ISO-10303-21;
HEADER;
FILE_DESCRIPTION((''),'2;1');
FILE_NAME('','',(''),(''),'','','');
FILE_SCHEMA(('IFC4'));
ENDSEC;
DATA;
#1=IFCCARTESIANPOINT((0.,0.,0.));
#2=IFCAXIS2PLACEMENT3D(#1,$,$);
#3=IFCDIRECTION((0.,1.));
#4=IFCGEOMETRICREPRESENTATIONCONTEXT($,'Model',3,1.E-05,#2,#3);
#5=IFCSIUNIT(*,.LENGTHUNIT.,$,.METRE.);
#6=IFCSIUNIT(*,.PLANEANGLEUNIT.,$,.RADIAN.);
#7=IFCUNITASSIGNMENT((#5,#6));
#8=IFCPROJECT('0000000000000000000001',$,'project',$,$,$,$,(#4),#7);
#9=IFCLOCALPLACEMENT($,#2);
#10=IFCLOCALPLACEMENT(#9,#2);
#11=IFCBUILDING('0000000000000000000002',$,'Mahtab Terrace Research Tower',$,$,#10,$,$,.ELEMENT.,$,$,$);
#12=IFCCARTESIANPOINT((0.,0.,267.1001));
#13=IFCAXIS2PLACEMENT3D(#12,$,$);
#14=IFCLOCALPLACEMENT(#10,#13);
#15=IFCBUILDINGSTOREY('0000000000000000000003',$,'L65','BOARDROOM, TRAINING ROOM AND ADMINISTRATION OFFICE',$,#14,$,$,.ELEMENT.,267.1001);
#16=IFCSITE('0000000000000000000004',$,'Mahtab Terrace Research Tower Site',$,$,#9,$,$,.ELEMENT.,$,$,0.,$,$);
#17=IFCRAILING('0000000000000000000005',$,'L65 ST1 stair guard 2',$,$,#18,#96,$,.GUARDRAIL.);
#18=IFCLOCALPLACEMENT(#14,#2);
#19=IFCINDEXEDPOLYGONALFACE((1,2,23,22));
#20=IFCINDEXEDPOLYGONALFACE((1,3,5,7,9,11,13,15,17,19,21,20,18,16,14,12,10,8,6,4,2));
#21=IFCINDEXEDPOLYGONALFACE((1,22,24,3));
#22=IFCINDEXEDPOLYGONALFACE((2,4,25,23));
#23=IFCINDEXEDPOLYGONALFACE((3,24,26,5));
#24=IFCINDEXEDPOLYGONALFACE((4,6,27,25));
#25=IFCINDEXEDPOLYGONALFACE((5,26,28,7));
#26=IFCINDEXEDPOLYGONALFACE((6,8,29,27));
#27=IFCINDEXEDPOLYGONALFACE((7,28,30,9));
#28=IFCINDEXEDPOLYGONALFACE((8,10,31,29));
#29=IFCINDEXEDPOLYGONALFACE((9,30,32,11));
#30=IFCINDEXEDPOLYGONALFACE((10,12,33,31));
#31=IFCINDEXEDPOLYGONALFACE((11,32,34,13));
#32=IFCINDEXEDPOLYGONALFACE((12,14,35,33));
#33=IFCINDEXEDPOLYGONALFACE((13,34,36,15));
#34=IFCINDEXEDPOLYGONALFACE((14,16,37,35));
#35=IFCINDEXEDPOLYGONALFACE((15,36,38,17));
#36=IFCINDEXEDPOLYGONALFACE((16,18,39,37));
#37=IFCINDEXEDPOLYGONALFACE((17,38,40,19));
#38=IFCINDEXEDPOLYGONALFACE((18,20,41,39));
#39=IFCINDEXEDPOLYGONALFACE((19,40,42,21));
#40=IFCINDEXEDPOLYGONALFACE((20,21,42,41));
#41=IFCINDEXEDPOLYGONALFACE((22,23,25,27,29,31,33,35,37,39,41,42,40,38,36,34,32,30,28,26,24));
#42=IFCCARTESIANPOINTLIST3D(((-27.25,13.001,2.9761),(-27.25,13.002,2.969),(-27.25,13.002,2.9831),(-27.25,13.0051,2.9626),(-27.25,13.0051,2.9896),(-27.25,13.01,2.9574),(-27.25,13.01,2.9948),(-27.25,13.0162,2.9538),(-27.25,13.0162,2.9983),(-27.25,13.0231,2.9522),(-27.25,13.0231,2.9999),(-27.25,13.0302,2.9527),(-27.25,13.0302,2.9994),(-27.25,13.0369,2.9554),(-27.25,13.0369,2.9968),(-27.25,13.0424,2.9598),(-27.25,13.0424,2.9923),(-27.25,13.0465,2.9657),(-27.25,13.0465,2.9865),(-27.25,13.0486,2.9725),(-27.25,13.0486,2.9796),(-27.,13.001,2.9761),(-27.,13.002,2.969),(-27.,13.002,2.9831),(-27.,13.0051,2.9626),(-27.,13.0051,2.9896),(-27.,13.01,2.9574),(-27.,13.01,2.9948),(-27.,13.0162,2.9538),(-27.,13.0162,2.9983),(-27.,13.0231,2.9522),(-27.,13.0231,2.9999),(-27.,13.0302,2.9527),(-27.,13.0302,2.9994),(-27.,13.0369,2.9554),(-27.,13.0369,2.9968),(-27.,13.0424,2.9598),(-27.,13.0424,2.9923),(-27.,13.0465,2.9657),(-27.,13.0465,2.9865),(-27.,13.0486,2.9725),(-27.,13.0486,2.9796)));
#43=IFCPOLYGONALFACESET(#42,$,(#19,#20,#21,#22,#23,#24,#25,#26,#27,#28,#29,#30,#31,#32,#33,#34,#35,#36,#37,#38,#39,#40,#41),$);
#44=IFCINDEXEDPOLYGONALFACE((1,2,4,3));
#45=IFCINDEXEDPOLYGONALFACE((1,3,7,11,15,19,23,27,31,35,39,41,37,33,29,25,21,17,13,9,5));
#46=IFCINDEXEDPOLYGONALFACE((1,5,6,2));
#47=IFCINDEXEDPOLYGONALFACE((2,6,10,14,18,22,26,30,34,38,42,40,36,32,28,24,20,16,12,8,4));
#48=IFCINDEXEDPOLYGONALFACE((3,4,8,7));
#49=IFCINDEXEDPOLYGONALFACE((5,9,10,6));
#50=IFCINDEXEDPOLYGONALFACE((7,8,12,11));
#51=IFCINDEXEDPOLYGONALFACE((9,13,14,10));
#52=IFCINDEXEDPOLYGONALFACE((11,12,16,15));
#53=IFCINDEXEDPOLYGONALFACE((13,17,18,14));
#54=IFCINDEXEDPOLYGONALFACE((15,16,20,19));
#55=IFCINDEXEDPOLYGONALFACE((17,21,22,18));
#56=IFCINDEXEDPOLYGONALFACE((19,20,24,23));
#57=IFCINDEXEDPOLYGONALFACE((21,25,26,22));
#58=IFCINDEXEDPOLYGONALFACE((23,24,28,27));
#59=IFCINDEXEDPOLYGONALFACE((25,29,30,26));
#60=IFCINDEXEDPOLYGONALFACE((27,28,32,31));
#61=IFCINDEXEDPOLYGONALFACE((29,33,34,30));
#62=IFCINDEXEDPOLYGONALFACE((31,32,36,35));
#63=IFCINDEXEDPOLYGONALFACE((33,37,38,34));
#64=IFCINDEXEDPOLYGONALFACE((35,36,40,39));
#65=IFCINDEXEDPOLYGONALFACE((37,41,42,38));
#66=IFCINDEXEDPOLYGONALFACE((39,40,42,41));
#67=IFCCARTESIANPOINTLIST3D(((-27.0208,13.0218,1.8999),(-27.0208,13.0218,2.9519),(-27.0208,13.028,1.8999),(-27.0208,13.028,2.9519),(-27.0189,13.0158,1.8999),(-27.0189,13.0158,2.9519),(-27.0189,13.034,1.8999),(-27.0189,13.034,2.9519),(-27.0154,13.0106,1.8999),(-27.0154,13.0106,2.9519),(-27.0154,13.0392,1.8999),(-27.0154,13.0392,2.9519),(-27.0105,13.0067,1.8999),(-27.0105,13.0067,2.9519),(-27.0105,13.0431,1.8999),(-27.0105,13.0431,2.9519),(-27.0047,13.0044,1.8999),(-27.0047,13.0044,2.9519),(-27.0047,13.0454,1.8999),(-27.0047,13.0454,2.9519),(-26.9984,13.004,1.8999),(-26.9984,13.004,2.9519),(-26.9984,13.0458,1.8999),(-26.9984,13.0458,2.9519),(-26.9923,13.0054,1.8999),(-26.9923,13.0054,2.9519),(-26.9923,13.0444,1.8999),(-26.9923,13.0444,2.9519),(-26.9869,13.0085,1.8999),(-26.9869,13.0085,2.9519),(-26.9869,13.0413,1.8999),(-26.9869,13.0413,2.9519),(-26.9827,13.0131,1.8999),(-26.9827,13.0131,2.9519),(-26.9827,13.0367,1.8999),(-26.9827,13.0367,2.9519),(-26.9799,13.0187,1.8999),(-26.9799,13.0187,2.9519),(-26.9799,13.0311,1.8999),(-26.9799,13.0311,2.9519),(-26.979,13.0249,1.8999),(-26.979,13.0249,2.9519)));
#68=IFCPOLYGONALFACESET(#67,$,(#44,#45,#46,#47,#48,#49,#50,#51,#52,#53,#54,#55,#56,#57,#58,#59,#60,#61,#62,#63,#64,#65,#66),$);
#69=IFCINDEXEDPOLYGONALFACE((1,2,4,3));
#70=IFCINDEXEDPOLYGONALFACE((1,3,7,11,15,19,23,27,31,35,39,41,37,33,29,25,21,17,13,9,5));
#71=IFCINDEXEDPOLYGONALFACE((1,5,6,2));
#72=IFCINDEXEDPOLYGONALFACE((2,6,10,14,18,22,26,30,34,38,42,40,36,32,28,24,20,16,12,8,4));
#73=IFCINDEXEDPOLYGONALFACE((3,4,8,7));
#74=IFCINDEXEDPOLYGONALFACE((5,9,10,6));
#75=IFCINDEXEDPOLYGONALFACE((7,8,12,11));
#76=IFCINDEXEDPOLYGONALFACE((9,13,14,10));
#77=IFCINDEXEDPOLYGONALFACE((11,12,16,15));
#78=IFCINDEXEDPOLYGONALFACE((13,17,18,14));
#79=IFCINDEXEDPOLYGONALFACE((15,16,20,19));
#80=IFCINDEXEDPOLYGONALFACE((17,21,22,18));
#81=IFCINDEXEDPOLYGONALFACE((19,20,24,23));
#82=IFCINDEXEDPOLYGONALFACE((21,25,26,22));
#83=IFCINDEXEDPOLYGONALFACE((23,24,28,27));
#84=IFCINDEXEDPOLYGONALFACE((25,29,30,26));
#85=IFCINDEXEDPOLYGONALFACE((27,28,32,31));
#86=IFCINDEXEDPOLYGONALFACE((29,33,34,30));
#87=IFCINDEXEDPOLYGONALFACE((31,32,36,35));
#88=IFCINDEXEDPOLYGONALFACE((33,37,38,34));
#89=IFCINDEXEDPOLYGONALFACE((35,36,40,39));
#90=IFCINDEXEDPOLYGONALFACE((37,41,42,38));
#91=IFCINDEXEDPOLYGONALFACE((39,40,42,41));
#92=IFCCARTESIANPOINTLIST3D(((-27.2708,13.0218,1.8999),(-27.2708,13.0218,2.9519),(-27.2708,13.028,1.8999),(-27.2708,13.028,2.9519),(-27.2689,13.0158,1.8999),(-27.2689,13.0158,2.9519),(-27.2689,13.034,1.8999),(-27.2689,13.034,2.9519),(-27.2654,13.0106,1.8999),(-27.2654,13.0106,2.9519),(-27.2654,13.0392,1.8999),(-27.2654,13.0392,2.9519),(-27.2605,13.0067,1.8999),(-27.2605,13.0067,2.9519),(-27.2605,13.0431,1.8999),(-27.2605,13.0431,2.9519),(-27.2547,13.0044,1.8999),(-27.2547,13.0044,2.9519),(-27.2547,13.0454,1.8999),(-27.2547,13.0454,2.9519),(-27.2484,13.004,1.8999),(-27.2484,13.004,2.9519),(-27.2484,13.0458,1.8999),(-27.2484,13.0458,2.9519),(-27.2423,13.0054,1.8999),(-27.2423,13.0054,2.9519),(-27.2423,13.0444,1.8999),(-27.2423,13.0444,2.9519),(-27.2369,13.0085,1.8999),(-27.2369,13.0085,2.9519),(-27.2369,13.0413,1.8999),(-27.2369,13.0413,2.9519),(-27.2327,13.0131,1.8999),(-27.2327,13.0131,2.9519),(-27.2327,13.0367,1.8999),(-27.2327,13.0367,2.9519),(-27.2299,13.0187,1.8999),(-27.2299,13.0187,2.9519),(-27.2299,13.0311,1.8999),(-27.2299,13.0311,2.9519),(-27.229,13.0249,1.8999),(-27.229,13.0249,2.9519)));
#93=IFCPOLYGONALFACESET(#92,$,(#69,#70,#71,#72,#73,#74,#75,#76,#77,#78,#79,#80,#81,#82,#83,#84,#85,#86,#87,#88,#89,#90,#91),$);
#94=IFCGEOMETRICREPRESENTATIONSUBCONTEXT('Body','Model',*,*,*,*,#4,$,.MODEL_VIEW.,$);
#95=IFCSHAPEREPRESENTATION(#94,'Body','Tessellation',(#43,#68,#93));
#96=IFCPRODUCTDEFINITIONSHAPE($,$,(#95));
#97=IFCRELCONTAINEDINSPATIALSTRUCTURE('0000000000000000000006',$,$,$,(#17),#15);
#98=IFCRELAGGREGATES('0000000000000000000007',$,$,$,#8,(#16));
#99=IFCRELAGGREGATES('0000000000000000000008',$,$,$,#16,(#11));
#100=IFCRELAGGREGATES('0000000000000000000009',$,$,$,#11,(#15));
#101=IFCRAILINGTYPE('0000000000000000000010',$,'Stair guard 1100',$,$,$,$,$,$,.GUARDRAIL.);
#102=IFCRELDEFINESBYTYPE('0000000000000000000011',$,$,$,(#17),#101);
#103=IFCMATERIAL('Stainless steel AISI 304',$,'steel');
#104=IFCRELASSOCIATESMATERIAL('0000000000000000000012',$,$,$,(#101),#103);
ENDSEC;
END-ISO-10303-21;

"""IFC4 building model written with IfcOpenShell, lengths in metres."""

from ifc_helpers import new_model, si_unit, direction, frame, origin, origin_2d, place, context, subcontext, project, spatial, circle, extrude, material, type_object, element, save


model = new_model("IFC4")

# Units and contexts
model_context = context("Model", 3, precision=1e-05, world=origin(), true_north=direction((0.0, 1.0)))
body_context = subcontext(model_context, "Body", "Model", "MODEL_VIEW")
ifc_project = project(units=[si_unit("LENGTHUNIT", "METRE"), si_unit("PLANEANGLEUNIT", "RADIAN")], contexts=[model_context])

# Site, building, storey
site_placement = place(None, origin())
site = spatial("IfcSite", under=ifc_project, at=site_placement, Name="Mahtab Terrace Research Tower Site", CompositionType="ELEMENT", RefElevation=0.0)
building_placement = place(site_placement, origin())
building = spatial("IfcBuilding", under=site, at=building_placement, Name="Mahtab Terrace Research Tower", CompositionType="ELEMENT")
storey_placement = place(building_placement, frame((0.0, 0.0, 267.1001)))
storey = spatial("IfcBuildingStorey", under=building, at=storey_placement, Name="L65", Description="BOARDROOM, TRAINING ROOM AND ADMINISTRATION OFFICE", CompositionType="ELEMENT", Elevation=267.1001)

# Railing
ifc_material_1 = material(Name="Stainless steel AISI 304", Category="steel")
railing_type_1 = type_object("IfcRailingType", Name="Stair guard 1100", PredefinedType="GUARDRAIL", material=ifc_material_1)
railing_1_placement = place(storey_placement, frame((-27.0, 13.0249, 1.8999)))
element("IfcRailing", 1, at=railing_1_placement, inside=storey, type_object=railing_type_1, Name="L65 ST1 stair guard 2", PredefinedType="GUARDRAIL", context=body_context, shape_type="SweptSolid", body=[
    extrude(circle(Radius=0.0239, at=origin_2d()), frame((0.0, 0.0, 1.0762), z_axis=(-1.0, 0.0, 0.0), x_axis=(0.0, -1.0, 0.0)), (0.0, 0.0, 1.0), 0.25),
    extrude(circle(Radius=0.021, at=origin_2d()), origin(), (0.0, 0.0, 1.0), 1.052),
    extrude(circle(Radius=0.021, at=origin_2d()), frame((-0.25, 0.0, 0.0)), (0.0, 0.0, 1.0), 1.052),
])

save(model, "model.ifc")
